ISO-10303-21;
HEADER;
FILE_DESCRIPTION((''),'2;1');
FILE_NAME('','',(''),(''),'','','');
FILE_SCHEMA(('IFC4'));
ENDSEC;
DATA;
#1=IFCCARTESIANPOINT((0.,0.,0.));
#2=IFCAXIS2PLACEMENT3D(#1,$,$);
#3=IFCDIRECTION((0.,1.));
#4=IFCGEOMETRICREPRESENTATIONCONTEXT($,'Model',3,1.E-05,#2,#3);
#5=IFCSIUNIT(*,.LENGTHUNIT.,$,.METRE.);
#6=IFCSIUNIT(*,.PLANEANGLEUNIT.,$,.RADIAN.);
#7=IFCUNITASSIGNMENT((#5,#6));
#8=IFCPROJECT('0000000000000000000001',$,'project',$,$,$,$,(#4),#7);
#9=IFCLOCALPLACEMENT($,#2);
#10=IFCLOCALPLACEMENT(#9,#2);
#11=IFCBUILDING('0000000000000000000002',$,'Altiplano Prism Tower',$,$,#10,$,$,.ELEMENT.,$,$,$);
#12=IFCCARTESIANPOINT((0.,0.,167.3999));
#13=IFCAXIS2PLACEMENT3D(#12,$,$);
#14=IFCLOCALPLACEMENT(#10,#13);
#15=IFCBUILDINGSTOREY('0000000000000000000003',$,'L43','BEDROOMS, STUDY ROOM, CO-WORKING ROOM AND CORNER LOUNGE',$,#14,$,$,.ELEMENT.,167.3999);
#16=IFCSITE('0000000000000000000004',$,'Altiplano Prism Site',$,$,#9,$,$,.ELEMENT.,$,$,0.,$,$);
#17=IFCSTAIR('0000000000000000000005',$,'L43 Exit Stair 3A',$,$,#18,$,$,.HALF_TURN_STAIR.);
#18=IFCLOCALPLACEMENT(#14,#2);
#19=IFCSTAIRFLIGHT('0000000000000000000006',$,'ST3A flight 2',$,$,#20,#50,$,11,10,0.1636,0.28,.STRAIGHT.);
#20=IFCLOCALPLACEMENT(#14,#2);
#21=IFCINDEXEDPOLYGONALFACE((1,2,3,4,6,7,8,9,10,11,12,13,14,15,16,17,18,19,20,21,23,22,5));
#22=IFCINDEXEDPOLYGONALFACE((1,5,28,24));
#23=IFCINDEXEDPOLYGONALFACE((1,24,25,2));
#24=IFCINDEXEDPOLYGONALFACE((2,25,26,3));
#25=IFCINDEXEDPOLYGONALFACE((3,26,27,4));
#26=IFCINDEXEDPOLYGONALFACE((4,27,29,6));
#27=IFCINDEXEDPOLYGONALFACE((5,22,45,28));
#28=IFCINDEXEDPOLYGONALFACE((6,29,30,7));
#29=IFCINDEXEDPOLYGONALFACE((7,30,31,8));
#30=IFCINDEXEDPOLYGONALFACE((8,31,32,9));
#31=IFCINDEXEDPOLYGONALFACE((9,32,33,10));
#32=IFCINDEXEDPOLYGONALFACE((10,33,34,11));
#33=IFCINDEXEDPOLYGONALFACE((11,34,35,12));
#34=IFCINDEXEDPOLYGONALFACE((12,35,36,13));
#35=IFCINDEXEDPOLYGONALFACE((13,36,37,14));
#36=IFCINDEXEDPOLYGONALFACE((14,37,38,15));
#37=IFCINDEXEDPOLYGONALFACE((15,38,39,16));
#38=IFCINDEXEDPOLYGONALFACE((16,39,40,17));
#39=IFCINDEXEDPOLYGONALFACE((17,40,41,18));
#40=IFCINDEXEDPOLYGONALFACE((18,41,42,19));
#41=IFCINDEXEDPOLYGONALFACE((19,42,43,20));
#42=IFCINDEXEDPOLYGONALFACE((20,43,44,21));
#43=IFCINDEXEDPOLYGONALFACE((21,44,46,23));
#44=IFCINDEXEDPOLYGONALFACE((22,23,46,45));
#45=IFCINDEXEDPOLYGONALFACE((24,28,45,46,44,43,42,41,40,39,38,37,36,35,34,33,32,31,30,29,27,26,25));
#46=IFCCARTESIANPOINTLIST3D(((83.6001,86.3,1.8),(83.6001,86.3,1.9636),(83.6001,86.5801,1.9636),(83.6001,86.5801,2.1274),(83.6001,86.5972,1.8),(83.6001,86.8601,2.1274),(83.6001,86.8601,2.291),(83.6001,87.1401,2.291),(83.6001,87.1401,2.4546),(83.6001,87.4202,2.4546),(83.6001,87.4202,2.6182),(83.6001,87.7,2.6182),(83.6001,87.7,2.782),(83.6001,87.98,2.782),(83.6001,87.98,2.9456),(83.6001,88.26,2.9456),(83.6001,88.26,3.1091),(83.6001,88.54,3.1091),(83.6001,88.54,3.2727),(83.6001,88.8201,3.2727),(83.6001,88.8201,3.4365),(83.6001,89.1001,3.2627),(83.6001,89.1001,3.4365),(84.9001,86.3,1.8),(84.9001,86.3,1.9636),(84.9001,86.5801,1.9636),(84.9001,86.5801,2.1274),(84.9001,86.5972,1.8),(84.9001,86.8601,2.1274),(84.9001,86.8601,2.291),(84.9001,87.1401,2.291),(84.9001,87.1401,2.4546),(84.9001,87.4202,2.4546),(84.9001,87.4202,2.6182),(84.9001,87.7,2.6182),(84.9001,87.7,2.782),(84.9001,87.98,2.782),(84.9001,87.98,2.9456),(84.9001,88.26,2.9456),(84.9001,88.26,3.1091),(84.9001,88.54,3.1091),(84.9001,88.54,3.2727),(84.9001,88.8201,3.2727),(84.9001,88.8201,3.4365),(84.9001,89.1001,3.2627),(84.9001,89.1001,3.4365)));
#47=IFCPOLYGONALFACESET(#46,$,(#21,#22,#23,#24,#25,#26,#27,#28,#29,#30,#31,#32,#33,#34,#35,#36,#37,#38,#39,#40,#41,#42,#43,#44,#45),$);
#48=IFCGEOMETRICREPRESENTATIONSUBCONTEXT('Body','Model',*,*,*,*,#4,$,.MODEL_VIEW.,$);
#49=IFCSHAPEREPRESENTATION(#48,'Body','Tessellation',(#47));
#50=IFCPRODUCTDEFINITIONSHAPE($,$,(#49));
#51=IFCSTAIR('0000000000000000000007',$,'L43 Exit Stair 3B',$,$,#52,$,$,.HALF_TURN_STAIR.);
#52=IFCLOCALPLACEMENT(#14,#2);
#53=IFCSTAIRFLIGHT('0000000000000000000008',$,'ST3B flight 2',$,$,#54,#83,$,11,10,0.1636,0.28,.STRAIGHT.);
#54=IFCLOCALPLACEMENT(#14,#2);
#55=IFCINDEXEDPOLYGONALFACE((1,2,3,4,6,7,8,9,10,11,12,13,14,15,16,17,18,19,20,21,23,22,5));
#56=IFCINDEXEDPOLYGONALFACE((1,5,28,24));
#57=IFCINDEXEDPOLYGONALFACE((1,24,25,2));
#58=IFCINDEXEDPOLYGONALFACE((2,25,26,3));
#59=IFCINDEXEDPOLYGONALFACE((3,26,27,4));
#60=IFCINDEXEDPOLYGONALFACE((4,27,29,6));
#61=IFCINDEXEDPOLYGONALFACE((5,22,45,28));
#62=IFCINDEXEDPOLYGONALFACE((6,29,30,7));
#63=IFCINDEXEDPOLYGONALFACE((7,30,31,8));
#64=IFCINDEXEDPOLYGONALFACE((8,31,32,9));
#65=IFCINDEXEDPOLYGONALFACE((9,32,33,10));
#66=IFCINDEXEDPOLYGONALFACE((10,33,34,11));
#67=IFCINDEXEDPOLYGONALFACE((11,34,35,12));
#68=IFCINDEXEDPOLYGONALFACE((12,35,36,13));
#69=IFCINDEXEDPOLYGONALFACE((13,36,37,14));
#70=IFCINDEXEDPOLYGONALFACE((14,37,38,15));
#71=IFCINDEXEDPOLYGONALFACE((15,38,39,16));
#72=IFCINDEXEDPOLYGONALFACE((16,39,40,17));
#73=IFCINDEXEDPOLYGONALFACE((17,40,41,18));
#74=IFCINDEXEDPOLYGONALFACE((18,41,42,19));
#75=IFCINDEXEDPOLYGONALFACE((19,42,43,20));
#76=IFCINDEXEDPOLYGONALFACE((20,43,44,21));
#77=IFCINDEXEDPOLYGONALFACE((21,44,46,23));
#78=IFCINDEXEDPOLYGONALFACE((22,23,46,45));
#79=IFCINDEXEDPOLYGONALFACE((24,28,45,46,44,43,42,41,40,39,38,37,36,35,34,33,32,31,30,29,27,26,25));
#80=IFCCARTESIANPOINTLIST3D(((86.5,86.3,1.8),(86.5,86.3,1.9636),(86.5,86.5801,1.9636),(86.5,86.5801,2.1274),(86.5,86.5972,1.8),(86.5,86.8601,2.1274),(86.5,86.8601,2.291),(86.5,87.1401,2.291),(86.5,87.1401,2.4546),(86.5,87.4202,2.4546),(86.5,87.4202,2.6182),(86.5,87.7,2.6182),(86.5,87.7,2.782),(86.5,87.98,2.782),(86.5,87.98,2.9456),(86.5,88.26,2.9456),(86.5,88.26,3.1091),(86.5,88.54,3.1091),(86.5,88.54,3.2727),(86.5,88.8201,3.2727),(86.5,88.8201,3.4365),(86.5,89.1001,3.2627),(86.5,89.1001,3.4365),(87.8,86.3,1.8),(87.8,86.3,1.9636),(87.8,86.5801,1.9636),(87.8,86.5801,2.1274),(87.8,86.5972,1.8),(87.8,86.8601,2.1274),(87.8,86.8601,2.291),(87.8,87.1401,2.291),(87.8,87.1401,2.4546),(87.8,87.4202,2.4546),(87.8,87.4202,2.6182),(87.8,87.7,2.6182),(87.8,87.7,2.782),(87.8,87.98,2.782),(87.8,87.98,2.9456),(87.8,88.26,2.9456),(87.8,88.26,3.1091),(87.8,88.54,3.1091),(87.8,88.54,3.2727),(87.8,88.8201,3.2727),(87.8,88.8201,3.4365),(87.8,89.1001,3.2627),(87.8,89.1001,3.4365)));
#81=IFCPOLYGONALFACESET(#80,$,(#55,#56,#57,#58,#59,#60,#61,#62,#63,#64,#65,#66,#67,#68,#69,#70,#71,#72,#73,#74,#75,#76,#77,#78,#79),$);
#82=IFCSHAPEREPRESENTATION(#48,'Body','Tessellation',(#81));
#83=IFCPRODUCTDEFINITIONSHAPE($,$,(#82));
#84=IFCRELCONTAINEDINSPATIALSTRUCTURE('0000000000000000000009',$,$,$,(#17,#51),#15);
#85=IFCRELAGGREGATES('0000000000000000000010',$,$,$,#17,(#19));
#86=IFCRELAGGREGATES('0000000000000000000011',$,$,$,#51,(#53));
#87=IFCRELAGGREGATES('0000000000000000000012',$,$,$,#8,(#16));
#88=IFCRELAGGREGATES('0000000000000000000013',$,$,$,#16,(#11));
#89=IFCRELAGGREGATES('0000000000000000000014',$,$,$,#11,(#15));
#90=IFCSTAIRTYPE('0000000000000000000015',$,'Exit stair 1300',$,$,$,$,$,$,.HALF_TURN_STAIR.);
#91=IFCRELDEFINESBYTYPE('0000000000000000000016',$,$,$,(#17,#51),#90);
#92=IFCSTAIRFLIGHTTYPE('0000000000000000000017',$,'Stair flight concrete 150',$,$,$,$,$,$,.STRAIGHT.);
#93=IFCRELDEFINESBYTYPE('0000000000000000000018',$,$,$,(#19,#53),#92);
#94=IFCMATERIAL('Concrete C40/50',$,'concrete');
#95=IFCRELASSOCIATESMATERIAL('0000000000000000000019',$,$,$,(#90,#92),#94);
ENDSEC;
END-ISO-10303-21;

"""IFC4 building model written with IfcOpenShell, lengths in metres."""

from ifc_helpers import new_model, si_unit, direction, frame, origin, place, context, subcontext, project, spatial, polyline, outline, extrude, material, type_object, element, aggregate, save


model = new_model("IFC4")

# Units and contexts
model_context = context("Model", 3, precision=1e-05, world=origin(), true_north=direction((0.0, 1.0)))
body_context = subcontext(model_context, "Body", "Model", "MODEL_VIEW")
ifc_project = project(units=[si_unit("LENGTHUNIT", "METRE"), si_unit("PLANEANGLEUNIT", "RADIAN")], contexts=[model_context])

# Site, building, storey
site_placement = place(None, origin())
site = spatial("IfcSite", under=ifc_project, at=site_placement, Name="Altiplano Prism Site", CompositionType="ELEMENT", RefElevation=0.0)
building_placement = place(site_placement, origin())
building = spatial("IfcBuilding", under=site, at=building_placement, Name="Altiplano Prism Tower", CompositionType="ELEMENT")
storey_placement = place(building_placement, frame((0.0, 0.0, 167.3999)))
storey = spatial("IfcBuildingStorey", under=building, at=storey_placement, Name="L43", Description="BEDROOMS, STUDY ROOM, CO-WORKING ROOM AND CORNER LOUNGE", CompositionType="ELEMENT", Elevation=167.3999)

# Stairs, stair flights
ifc_material_1 = material(Name="Concrete C40/50", Category="concrete")
stair_type = type_object("IfcStairType", Name="Exit stair 1300", PredefinedType="HALF_TURN_STAIR", material=ifc_material_1)
stair_1_placement = place(storey_placement, origin())
stair_1 = element("IfcStair", 1, at=stair_1_placement, inside=storey, type_object=stair_type, Name="L43 Exit Stair 3A", PredefinedType="HALF_TURN_STAIR")
stair_flight_type = type_object("IfcStairFlightType", Name="Stair flight concrete 150", PredefinedType="STRAIGHT", material=ifc_material_1)
stair_flight_1_placement = place(storey_placement, frame((84.25, 86.3, 1.8), z_axis=(0.0, 0.0, 1.0), x_axis=(0.0, 1.0, 0.0)))
stair_flight_1 = element("IfcStairFlight", 2, at=stair_flight_1_placement, type_object=stair_flight_type, Name="ST3A flight 2", NumberOfRisers=11, NumberOfTreads=10, PredefinedType="STRAIGHT", RiserHeight=0.1636, TreadLength=0.28, context=body_context, shape_type="SweptSolid", body=[
    extrude(outline(polyline([(0.0, 0.0), (0.0, 0.1636), (0.28, 0.1636), (0.28, 0.3274), (0.5601, 0.3274), (0.5601, 0.491), (0.8401, 0.491), (0.8401, 0.6545), (1.1201, 0.6545), (1.1201, 0.8181), (1.3999, 0.8181), (1.3999, 0.9819), (1.6799, 0.9819), (1.6799, 1.1455), (1.96, 1.1455), (1.96, 1.3091), (2.24, 1.3091), (2.24, 1.4727), (2.52, 1.4727), (2.52, 1.6365), (2.8, 1.6365), (2.8, 1.8), (2.8, 1.4626), (0.2971, 0.0), (0.0, 0.0)])), frame((0.0, 0.6499, 0.0), z_axis=(0.0, -1.0, 0.0), x_axis=(1.0, 0.0, 0.0)), (0.0, 0.0, 1.0), 1.3),
])
aggregate(stair_1, [stair_flight_1])
stair_2_placement = place(storey_placement, origin())
stair_2 = element("IfcStair", 3, at=stair_2_placement, inside=storey, type_object=stair_type, Name="L43 Exit Stair 3B", PredefinedType="HALF_TURN_STAIR")
stair_flight_2_placement = place(storey_placement, frame((87.1499, 86.3, 1.8), z_axis=(0.0, 0.0, 1.0), x_axis=(0.0, 1.0, 0.0)))
stair_flight_2 = element("IfcStairFlight", 4, at=stair_flight_2_placement, type_object=stair_flight_type, Name="ST3B flight 2", NumberOfRisers=11, NumberOfTreads=10, PredefinedType="STRAIGHT", RiserHeight=0.1636, TreadLength=0.28, context=body_context, shape_type="SweptSolid", body=[
    extrude(outline(polyline([(0.0, 0.0), (0.0, 0.1636), (0.28, 0.1636), (0.28, 0.3274), (0.5601, 0.3274), (0.5601, 0.491), (0.8401, 0.491), (0.8401, 0.6545), (1.1201, 0.6545), (1.1201, 0.8181), (1.3999, 0.8181), (1.3999, 0.9819), (1.6799, 0.9819), (1.6799, 1.1455), (1.96, 1.1455), (1.96, 1.3091), (2.24, 1.3091), (2.24, 1.4727), (2.52, 1.4727), (2.52, 1.6365), (2.8, 1.6365), (2.8, 1.8), (2.8, 1.4626), (0.2971, 0.0), (0.0, 0.0)])), frame((0.0, 0.6499, 0.0), z_axis=(0.0, -1.0, 0.0), x_axis=(1.0, 0.0, 0.0)), (0.0, 0.0, 1.0), 1.3),
])
aggregate(stair_2, [stair_flight_2])

save(model, "model.ifc")
